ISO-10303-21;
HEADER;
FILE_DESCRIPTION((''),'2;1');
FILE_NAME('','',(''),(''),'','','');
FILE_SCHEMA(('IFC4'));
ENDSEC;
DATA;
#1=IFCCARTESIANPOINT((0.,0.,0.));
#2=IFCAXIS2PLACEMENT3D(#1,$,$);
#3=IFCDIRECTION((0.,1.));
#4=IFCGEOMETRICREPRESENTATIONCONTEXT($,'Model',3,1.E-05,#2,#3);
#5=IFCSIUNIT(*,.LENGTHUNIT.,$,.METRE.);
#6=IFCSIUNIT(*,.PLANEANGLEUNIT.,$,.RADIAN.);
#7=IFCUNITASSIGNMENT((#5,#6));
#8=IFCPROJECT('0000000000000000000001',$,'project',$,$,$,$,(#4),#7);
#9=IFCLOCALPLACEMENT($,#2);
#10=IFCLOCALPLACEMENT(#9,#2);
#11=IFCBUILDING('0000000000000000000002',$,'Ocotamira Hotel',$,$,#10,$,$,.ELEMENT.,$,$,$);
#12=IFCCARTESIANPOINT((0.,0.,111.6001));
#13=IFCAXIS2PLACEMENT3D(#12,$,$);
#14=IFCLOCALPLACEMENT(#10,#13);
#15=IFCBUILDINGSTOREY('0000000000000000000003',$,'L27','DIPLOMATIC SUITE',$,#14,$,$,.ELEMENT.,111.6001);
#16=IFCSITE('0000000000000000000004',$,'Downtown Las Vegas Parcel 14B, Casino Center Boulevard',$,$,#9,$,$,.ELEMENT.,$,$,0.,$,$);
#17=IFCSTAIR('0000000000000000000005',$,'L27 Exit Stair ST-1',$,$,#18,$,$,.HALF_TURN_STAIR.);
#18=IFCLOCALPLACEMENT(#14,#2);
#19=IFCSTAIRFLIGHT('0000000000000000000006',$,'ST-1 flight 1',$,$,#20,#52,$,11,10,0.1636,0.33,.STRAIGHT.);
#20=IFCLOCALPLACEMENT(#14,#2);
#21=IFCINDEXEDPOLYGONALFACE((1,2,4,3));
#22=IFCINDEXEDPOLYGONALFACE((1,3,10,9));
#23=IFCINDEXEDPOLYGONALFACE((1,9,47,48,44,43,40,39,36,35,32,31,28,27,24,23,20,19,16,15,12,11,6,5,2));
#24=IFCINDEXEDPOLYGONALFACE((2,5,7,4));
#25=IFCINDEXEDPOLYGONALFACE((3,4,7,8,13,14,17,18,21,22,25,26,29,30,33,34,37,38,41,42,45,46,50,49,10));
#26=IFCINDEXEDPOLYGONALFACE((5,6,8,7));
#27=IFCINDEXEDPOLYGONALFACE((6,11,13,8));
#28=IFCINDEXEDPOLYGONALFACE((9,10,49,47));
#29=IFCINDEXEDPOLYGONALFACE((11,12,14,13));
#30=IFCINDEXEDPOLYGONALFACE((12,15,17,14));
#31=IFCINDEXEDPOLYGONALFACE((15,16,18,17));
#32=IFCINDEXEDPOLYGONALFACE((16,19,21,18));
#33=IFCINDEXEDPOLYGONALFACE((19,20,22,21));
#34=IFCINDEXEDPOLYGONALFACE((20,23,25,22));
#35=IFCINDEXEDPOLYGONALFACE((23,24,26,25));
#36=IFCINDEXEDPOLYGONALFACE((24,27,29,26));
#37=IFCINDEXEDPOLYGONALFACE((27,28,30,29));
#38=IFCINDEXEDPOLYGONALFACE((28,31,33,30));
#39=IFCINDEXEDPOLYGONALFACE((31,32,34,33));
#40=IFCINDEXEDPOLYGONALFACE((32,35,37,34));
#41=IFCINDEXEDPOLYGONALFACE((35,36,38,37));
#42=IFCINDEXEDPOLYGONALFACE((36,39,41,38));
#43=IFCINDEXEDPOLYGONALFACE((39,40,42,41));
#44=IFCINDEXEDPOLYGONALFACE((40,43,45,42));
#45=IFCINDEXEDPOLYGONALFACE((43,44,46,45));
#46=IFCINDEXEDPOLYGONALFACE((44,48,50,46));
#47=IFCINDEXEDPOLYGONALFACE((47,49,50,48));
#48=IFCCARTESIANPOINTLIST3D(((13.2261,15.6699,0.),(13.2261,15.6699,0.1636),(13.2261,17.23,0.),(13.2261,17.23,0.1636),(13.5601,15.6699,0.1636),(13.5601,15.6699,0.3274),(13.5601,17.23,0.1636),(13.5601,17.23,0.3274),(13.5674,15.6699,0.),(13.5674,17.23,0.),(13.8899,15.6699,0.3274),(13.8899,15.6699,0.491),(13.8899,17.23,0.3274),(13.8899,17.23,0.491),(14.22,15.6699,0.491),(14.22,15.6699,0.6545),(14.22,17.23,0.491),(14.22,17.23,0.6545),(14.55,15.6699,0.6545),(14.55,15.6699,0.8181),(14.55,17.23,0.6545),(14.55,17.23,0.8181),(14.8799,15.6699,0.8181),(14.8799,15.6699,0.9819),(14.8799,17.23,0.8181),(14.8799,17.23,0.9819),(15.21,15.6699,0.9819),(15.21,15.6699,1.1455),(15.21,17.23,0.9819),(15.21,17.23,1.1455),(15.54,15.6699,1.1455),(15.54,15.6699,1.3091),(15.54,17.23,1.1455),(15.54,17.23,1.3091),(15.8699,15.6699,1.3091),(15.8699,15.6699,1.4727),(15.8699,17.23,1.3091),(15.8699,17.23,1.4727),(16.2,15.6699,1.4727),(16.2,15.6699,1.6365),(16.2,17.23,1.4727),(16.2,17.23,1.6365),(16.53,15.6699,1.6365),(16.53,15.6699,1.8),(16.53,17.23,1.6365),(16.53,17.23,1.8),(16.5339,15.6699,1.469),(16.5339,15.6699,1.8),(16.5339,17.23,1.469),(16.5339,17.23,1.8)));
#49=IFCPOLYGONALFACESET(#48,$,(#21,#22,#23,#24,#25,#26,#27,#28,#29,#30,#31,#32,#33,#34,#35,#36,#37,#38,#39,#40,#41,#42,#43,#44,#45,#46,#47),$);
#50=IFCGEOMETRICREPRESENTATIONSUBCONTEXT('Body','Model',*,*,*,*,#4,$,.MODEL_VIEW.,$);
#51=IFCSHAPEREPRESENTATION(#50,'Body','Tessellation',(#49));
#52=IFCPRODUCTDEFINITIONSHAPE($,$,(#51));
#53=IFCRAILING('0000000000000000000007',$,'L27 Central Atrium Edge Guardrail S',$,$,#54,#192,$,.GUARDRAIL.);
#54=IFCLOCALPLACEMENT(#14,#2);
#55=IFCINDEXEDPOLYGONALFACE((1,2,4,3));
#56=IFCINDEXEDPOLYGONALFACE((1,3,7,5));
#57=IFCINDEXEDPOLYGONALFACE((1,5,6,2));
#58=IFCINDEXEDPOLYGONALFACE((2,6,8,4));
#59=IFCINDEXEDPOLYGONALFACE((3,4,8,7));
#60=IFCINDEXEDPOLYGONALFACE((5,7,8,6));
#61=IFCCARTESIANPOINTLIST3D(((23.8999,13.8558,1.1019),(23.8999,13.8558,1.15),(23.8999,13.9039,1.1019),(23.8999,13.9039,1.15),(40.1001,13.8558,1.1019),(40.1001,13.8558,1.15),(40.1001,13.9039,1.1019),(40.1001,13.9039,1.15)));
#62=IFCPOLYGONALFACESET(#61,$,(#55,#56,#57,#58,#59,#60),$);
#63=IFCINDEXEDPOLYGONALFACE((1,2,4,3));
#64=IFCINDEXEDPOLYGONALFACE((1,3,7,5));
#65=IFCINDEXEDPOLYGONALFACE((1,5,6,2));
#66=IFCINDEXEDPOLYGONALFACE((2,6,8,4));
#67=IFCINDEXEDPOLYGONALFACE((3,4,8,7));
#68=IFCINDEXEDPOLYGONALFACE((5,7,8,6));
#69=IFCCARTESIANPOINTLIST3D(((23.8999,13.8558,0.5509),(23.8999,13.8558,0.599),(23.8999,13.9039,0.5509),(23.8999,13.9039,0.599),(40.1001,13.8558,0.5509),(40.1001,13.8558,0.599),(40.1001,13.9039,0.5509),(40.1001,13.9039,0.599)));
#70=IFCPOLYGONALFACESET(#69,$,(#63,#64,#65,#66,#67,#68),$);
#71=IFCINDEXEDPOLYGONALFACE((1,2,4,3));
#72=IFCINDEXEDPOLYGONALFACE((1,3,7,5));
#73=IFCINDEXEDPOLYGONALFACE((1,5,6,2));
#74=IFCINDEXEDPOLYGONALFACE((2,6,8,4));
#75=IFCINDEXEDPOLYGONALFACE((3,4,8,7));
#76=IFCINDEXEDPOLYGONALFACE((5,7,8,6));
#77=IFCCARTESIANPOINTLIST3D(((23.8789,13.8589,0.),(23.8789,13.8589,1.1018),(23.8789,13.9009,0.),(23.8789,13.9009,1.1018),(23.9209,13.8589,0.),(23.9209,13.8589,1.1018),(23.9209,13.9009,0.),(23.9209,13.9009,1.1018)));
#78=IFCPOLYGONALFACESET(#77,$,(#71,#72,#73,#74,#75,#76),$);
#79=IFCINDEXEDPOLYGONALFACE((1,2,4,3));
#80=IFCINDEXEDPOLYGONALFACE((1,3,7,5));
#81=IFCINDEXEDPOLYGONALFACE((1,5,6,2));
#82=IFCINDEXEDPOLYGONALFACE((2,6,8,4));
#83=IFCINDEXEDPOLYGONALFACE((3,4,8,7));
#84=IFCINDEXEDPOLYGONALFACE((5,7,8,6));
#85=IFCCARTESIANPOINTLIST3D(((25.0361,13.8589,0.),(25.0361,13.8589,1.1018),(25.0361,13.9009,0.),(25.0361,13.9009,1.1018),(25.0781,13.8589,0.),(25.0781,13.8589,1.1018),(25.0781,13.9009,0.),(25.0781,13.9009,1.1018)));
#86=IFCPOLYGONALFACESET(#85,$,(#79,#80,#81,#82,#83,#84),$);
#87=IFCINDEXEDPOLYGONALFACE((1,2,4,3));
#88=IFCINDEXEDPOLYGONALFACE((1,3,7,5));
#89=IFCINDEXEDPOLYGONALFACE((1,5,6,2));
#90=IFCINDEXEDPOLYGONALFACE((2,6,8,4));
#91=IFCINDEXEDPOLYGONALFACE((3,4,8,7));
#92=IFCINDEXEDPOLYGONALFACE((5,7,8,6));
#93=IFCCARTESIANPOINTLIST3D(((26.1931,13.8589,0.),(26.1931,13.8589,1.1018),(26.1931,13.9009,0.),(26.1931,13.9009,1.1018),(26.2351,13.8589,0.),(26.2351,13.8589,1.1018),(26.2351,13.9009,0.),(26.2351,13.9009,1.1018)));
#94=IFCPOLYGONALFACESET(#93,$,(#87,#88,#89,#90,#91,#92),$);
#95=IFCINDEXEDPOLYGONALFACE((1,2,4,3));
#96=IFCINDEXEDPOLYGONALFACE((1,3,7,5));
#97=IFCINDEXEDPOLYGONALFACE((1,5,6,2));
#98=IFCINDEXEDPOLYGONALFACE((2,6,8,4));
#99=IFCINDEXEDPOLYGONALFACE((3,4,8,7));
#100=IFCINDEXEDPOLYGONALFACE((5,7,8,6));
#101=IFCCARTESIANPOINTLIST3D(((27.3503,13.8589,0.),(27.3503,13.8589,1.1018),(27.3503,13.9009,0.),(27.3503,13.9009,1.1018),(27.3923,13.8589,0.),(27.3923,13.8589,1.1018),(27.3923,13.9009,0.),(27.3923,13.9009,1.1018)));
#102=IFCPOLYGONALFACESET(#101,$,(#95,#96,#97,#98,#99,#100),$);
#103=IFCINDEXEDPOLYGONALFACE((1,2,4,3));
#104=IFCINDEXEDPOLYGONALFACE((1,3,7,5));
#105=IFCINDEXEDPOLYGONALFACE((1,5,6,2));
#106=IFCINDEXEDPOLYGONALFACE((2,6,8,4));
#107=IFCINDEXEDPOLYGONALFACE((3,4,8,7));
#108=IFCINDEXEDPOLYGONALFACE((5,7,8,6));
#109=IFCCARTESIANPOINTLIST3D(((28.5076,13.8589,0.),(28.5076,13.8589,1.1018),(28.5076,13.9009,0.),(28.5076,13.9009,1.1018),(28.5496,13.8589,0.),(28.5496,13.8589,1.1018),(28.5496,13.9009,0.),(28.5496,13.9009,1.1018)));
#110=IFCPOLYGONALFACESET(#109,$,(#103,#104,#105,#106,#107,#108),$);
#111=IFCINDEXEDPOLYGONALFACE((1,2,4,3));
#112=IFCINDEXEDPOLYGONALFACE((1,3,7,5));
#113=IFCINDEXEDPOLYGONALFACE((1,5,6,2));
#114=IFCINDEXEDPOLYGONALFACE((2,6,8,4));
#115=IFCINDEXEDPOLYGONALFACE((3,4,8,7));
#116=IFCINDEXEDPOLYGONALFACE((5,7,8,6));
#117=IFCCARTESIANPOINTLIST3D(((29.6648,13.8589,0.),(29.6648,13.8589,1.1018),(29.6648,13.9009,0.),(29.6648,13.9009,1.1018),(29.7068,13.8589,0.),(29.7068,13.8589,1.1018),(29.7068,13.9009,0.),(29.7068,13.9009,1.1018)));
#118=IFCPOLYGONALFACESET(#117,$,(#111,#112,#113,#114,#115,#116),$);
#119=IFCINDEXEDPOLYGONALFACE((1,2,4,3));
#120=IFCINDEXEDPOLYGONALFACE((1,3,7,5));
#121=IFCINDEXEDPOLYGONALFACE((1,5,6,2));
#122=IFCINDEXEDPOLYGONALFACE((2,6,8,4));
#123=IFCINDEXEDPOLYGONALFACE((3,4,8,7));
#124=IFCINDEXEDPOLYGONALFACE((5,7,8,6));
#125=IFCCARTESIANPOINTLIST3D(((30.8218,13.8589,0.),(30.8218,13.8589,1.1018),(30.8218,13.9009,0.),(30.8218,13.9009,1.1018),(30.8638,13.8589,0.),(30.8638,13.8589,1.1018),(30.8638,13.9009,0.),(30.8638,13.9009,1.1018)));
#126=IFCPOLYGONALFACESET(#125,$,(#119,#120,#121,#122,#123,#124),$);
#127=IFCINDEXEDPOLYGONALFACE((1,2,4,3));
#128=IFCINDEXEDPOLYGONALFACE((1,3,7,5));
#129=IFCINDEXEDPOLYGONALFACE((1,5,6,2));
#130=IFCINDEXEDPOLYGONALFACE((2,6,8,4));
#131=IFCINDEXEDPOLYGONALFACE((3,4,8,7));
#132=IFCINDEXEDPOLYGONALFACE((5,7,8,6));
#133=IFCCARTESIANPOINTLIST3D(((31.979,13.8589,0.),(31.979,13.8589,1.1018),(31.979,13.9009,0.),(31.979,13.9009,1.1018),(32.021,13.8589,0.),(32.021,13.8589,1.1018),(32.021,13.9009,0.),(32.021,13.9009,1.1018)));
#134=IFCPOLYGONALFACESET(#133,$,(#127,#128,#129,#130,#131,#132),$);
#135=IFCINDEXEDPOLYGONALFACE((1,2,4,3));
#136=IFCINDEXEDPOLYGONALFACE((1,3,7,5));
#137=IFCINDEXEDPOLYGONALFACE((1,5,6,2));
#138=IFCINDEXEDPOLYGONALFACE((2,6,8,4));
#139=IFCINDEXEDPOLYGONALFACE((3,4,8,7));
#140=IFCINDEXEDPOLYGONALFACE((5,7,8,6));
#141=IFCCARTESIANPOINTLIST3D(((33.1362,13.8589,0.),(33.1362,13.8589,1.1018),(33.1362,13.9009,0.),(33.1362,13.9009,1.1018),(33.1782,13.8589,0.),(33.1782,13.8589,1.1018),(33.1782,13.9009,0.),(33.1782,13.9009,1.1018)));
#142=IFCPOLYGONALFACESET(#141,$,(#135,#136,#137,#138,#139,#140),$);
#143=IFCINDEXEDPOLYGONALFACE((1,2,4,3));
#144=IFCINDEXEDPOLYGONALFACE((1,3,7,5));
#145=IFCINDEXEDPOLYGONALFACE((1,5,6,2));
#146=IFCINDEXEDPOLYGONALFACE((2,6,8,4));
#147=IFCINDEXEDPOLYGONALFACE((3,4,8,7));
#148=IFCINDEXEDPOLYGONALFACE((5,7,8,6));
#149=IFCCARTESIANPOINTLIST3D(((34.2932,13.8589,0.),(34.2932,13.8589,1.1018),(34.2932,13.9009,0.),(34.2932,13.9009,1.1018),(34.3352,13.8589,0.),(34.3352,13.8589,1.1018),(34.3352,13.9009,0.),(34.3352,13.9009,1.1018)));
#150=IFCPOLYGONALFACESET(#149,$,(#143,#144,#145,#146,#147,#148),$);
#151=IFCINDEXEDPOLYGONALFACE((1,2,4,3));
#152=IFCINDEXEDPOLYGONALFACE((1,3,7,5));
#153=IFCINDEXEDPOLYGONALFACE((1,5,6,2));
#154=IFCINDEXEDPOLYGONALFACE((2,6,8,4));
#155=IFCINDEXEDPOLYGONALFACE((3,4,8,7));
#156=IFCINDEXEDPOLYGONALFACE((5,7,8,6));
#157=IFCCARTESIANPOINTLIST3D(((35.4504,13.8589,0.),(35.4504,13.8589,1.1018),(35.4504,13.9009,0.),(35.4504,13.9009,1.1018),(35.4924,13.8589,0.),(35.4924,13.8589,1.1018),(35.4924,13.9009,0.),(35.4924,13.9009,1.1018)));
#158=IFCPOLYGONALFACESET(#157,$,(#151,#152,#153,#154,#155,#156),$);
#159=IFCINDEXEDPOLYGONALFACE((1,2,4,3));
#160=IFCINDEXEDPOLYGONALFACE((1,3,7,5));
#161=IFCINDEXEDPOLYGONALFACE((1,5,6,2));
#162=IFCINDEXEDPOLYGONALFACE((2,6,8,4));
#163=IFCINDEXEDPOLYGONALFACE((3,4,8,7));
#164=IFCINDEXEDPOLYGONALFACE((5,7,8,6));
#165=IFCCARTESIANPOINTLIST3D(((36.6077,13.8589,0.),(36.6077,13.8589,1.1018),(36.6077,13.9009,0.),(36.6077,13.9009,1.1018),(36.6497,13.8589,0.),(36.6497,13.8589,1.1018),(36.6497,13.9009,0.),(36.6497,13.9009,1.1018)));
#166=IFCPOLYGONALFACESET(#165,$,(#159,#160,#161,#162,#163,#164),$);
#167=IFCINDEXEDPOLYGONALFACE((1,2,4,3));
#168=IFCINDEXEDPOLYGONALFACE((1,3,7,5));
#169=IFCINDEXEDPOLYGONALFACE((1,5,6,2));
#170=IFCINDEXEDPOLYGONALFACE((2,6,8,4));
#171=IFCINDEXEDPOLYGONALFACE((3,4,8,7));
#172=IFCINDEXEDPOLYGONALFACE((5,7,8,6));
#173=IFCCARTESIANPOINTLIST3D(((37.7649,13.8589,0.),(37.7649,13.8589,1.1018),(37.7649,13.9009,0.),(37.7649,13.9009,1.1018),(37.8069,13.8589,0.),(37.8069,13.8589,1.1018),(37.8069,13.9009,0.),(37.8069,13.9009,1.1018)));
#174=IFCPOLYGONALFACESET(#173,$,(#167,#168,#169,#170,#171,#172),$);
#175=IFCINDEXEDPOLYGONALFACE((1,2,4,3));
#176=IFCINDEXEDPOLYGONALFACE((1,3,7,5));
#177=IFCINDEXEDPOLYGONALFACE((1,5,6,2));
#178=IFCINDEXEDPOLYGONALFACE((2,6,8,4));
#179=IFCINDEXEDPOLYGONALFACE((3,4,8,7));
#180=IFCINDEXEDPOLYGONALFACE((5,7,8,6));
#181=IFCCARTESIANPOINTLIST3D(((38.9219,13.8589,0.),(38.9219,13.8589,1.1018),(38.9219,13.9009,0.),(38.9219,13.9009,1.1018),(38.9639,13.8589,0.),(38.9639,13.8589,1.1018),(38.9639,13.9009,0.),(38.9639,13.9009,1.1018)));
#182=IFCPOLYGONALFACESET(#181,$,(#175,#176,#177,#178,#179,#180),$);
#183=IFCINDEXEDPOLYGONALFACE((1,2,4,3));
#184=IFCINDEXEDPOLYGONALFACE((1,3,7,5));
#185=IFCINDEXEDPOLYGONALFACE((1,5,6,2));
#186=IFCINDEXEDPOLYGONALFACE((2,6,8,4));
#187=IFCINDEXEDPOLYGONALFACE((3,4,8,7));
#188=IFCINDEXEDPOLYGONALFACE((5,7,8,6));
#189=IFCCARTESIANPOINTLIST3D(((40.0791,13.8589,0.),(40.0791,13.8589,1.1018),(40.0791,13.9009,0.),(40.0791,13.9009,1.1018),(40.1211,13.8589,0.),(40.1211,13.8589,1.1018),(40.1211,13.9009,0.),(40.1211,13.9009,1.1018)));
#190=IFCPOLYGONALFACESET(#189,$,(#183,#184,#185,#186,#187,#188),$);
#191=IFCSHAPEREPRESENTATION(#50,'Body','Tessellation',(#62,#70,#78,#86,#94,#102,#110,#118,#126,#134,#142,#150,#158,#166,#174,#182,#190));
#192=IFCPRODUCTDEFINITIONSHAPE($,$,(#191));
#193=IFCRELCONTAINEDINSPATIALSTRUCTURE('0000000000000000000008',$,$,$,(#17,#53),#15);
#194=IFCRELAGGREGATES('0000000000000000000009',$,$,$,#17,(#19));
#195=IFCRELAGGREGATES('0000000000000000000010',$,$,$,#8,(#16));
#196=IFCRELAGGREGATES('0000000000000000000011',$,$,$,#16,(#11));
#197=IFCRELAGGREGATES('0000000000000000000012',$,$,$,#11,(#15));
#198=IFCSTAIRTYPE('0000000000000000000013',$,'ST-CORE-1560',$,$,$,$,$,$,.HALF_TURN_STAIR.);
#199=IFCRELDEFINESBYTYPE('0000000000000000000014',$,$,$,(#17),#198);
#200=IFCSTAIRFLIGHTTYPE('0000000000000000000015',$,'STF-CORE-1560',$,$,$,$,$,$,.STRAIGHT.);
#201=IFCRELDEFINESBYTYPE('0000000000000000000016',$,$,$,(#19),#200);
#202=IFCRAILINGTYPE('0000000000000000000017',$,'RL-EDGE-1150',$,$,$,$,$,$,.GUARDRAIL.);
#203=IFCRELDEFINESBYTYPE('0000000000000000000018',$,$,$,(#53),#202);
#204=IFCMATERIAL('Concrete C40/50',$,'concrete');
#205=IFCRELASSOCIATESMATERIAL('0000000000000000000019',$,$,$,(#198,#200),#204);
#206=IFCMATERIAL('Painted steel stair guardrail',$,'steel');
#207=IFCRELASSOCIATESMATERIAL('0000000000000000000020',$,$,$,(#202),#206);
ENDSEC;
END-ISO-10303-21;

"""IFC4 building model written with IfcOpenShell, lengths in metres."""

from ifc_helpers import new_model, si_unit, direction, frame, origin, origin_2d, place, context, subcontext, project, spatial, polyline, rectangle, outline, extrude, source, transform, mapped, material, type_object, element, aggregate, save


model = new_model("IFC4")

# Units and contexts
model_context = context("Model", 3, precision=1e-05, world=origin(), true_north=direction((0.0, 1.0)))
body_context = subcontext(model_context, "Body", "Model", "MODEL_VIEW")
ifc_project = project(units=[si_unit("LENGTHUNIT", "METRE"), si_unit("PLANEANGLEUNIT", "RADIAN")], contexts=[model_context])

# Site, building, storey
site_placement = place(None, origin())
site = spatial("IfcSite", under=ifc_project, at=site_placement, Name="Downtown Las Vegas Parcel 14B, Casino Center Boulevard", CompositionType="ELEMENT", RefElevation=0.0)
building_placement = place(site_placement, origin())
building = spatial("IfcBuilding", under=site, at=building_placement, Name="Ocotamira Hotel", CompositionType="ELEMENT")
storey_placement = place(building_placement, frame((0.0, 0.0, 111.6001)))
storey = spatial("IfcBuildingStorey", under=building, at=storey_placement, Name="L27", Description="DIPLOMATIC SUITE", CompositionType="ELEMENT", Elevation=111.6001)

# Stair, stair flight
ifc_material_1 = material(Name="Concrete C40/50", Category="concrete")
stair_type = type_object("IfcStairType", Name="ST-CORE-1560", PredefinedType="HALF_TURN_STAIR", material=ifc_material_1)
stair_placement = place(storey_placement, origin())
stair = element("IfcStair", 1, at=stair_placement, inside=storey, type_object=stair_type, Name="L27 Exit Stair ST-1", PredefinedType="HALF_TURN_STAIR")
stair_flight_type = type_object("IfcStairFlightType", Name="STF-CORE-1560", PredefinedType="STRAIGHT", material=ifc_material_1)
shared_shape_1 = source(origin(), body_context, "Body", "SweptSolid", [
    extrude(outline(polyline([(-0.0039, 0.0), (-0.0039, 0.1636), (0.3301, 0.1636), (0.3301, 0.3274), (0.6599, 0.3274), (0.6599, 0.491), (0.99, 0.491), (0.99, 0.6545), (1.3201, 0.6545), (1.3201, 0.8181), (1.6499, 0.8181), (1.6499, 0.9819), (1.98, 0.9819), (1.98, 1.1455), (2.3101, 1.1455), (2.3101, 1.3091), (2.6399, 1.3091), (2.6399, 1.4727), (2.97, 1.4727), (2.97, 1.6365), (3.3, 1.6365), (3.3, 1.8), (3.304, 1.8), (3.304, 1.469), (0.3374, 0.0), (-0.0039, 0.0)])), frame((0.0, 0.78, 0.0), z_axis=(0.0, -1.0, 0.0), x_axis=(1.0, 0.0, 0.0)), (0.0, 0.0, 1.0), 1.5601),
])
stair_flight_placement = place(storey_placement, frame((13.23, 16.45, 0.0), z_axis=(0.0, 0.0, 1.0), x_axis=(1.0, 0.0, 0.0)))
stair_flight = element("IfcStairFlight", 2, at=stair_flight_placement, type_object=stair_flight_type, Name="ST-1 flight 1", NumberOfRisers=11, NumberOfTreads=10, PredefinedType="STRAIGHT", RiserHeight=0.1636, TreadLength=0.33, context=body_context, shape_type="MappedRepresentation", body=[
    mapped(shared_shape_1, transform((0.0, 0.0, 0.0), scale=1.0)),
])
aggregate(stair, [stair_flight])

# Railing
ifc_material_2 = material(Name="Painted steel stair guardrail", Category="steel")
railing_type_1 = type_object("IfcRailingType", Name="RL-EDGE-1150", PredefinedType="GUARDRAIL", material=ifc_material_2)
railing_1_placement = place(storey_placement, frame((23.8999, 13.8799, 0.0)))
element("IfcRailing", 3, at=railing_1_placement, inside=storey, type_object=railing_type_1, Name="L27 Central Atrium Edge Guardrail S", PredefinedType="GUARDRAIL", context=body_context, shape_type="SweptSolid", body=[
    extrude(rectangle(XDim=0.0481, YDim=0.0481, at=origin_2d()), frame((0.0, 0.0, 1.126), z_axis=(1.0, 0.0, 0.0), x_axis=(0.0, 1.0, 0.0)), (0.0, 0.0, 1.0), 16.2002),
    extrude(rectangle(XDim=0.0481, YDim=0.0481, at=origin_2d()), frame((0.0, 0.0, 0.575), z_axis=(1.0, 0.0, 0.0), x_axis=(0.0, 1.0, 0.0)), (0.0, 0.0, 1.0), 16.2002),
    extrude(rectangle(XDim=0.042, YDim=0.042, at=origin_2d()), origin(), (0.0, 0.0, 1.0), 1.1018),
    extrude(rectangle(XDim=0.042, YDim=0.042, at=origin_2d()), frame((1.1572, 0.0, 0.0)), (0.0, 0.0, 1.0), 1.1018),
    extrude(rectangle(XDim=0.042, YDim=0.042, at=origin_2d()), frame((2.3142, 0.0, 0.0)), (0.0, 0.0, 1.0), 1.1018),
    extrude(rectangle(XDim=0.042, YDim=0.042, at=origin_2d()), frame((3.4714, 0.0, 0.0)), (0.0, 0.0, 1.0), 1.1018),
    extrude(rectangle(XDim=0.042, YDim=0.042, at=origin_2d()), frame((4.6287, 0.0, 0.0)), (0.0, 0.0, 1.0), 1.1018),
    extrude(rectangle(XDim=0.042, YDim=0.042, at=origin_2d()), frame((5.7859, 0.0, 0.0)), (0.0, 0.0, 1.0), 1.1018),
    extrude(rectangle(XDim=0.042, YDim=0.042, at=origin_2d()), frame((6.9429, 0.0, 0.0)), (0.0, 0.0, 1.0), 1.1018),
    extrude(rectangle(XDim=0.042, YDim=0.042, at=origin_2d()), frame((8.1001, 0.0, 0.0)), (0.0, 0.0, 1.0), 1.1018),
    extrude(rectangle(XDim=0.042, YDim=0.042, at=origin_2d()), frame((9.2573, 0.0, 0.0)), (0.0, 0.0, 1.0), 1.1018),
    extrude(rectangle(XDim=0.042, YDim=0.042, at=origin_2d()), frame((10.4143, 0.0, 0.0)), (0.0, 0.0, 1.0), 1.1018),
    extrude(rectangle(XDim=0.042, YDim=0.042, at=origin_2d()), frame((11.5715, 0.0, 0.0)), (0.0, 0.0, 1.0), 1.1018),
    extrude(rectangle(XDim=0.042, YDim=0.042, at=origin_2d()), frame((12.7288, 0.0, 0.0)), (0.0, 0.0, 1.0), 1.1018),
    extrude(rectangle(XDim=0.042, YDim=0.042, at=origin_2d()), frame((13.886, 0.0, 0.0)), (0.0, 0.0, 1.0), 1.1018),
    extrude(rectangle(XDim=0.042, YDim=0.042, at=origin_2d()), frame((15.043, 0.0, 0.0)), (0.0, 0.0, 1.0), 1.1018),
    extrude(rectangle(XDim=0.042, YDim=0.042, at=origin_2d()), frame((16.2002, 0.0, 0.0)), (0.0, 0.0, 1.0), 1.1018),
])

save(model, "model.ifc")
